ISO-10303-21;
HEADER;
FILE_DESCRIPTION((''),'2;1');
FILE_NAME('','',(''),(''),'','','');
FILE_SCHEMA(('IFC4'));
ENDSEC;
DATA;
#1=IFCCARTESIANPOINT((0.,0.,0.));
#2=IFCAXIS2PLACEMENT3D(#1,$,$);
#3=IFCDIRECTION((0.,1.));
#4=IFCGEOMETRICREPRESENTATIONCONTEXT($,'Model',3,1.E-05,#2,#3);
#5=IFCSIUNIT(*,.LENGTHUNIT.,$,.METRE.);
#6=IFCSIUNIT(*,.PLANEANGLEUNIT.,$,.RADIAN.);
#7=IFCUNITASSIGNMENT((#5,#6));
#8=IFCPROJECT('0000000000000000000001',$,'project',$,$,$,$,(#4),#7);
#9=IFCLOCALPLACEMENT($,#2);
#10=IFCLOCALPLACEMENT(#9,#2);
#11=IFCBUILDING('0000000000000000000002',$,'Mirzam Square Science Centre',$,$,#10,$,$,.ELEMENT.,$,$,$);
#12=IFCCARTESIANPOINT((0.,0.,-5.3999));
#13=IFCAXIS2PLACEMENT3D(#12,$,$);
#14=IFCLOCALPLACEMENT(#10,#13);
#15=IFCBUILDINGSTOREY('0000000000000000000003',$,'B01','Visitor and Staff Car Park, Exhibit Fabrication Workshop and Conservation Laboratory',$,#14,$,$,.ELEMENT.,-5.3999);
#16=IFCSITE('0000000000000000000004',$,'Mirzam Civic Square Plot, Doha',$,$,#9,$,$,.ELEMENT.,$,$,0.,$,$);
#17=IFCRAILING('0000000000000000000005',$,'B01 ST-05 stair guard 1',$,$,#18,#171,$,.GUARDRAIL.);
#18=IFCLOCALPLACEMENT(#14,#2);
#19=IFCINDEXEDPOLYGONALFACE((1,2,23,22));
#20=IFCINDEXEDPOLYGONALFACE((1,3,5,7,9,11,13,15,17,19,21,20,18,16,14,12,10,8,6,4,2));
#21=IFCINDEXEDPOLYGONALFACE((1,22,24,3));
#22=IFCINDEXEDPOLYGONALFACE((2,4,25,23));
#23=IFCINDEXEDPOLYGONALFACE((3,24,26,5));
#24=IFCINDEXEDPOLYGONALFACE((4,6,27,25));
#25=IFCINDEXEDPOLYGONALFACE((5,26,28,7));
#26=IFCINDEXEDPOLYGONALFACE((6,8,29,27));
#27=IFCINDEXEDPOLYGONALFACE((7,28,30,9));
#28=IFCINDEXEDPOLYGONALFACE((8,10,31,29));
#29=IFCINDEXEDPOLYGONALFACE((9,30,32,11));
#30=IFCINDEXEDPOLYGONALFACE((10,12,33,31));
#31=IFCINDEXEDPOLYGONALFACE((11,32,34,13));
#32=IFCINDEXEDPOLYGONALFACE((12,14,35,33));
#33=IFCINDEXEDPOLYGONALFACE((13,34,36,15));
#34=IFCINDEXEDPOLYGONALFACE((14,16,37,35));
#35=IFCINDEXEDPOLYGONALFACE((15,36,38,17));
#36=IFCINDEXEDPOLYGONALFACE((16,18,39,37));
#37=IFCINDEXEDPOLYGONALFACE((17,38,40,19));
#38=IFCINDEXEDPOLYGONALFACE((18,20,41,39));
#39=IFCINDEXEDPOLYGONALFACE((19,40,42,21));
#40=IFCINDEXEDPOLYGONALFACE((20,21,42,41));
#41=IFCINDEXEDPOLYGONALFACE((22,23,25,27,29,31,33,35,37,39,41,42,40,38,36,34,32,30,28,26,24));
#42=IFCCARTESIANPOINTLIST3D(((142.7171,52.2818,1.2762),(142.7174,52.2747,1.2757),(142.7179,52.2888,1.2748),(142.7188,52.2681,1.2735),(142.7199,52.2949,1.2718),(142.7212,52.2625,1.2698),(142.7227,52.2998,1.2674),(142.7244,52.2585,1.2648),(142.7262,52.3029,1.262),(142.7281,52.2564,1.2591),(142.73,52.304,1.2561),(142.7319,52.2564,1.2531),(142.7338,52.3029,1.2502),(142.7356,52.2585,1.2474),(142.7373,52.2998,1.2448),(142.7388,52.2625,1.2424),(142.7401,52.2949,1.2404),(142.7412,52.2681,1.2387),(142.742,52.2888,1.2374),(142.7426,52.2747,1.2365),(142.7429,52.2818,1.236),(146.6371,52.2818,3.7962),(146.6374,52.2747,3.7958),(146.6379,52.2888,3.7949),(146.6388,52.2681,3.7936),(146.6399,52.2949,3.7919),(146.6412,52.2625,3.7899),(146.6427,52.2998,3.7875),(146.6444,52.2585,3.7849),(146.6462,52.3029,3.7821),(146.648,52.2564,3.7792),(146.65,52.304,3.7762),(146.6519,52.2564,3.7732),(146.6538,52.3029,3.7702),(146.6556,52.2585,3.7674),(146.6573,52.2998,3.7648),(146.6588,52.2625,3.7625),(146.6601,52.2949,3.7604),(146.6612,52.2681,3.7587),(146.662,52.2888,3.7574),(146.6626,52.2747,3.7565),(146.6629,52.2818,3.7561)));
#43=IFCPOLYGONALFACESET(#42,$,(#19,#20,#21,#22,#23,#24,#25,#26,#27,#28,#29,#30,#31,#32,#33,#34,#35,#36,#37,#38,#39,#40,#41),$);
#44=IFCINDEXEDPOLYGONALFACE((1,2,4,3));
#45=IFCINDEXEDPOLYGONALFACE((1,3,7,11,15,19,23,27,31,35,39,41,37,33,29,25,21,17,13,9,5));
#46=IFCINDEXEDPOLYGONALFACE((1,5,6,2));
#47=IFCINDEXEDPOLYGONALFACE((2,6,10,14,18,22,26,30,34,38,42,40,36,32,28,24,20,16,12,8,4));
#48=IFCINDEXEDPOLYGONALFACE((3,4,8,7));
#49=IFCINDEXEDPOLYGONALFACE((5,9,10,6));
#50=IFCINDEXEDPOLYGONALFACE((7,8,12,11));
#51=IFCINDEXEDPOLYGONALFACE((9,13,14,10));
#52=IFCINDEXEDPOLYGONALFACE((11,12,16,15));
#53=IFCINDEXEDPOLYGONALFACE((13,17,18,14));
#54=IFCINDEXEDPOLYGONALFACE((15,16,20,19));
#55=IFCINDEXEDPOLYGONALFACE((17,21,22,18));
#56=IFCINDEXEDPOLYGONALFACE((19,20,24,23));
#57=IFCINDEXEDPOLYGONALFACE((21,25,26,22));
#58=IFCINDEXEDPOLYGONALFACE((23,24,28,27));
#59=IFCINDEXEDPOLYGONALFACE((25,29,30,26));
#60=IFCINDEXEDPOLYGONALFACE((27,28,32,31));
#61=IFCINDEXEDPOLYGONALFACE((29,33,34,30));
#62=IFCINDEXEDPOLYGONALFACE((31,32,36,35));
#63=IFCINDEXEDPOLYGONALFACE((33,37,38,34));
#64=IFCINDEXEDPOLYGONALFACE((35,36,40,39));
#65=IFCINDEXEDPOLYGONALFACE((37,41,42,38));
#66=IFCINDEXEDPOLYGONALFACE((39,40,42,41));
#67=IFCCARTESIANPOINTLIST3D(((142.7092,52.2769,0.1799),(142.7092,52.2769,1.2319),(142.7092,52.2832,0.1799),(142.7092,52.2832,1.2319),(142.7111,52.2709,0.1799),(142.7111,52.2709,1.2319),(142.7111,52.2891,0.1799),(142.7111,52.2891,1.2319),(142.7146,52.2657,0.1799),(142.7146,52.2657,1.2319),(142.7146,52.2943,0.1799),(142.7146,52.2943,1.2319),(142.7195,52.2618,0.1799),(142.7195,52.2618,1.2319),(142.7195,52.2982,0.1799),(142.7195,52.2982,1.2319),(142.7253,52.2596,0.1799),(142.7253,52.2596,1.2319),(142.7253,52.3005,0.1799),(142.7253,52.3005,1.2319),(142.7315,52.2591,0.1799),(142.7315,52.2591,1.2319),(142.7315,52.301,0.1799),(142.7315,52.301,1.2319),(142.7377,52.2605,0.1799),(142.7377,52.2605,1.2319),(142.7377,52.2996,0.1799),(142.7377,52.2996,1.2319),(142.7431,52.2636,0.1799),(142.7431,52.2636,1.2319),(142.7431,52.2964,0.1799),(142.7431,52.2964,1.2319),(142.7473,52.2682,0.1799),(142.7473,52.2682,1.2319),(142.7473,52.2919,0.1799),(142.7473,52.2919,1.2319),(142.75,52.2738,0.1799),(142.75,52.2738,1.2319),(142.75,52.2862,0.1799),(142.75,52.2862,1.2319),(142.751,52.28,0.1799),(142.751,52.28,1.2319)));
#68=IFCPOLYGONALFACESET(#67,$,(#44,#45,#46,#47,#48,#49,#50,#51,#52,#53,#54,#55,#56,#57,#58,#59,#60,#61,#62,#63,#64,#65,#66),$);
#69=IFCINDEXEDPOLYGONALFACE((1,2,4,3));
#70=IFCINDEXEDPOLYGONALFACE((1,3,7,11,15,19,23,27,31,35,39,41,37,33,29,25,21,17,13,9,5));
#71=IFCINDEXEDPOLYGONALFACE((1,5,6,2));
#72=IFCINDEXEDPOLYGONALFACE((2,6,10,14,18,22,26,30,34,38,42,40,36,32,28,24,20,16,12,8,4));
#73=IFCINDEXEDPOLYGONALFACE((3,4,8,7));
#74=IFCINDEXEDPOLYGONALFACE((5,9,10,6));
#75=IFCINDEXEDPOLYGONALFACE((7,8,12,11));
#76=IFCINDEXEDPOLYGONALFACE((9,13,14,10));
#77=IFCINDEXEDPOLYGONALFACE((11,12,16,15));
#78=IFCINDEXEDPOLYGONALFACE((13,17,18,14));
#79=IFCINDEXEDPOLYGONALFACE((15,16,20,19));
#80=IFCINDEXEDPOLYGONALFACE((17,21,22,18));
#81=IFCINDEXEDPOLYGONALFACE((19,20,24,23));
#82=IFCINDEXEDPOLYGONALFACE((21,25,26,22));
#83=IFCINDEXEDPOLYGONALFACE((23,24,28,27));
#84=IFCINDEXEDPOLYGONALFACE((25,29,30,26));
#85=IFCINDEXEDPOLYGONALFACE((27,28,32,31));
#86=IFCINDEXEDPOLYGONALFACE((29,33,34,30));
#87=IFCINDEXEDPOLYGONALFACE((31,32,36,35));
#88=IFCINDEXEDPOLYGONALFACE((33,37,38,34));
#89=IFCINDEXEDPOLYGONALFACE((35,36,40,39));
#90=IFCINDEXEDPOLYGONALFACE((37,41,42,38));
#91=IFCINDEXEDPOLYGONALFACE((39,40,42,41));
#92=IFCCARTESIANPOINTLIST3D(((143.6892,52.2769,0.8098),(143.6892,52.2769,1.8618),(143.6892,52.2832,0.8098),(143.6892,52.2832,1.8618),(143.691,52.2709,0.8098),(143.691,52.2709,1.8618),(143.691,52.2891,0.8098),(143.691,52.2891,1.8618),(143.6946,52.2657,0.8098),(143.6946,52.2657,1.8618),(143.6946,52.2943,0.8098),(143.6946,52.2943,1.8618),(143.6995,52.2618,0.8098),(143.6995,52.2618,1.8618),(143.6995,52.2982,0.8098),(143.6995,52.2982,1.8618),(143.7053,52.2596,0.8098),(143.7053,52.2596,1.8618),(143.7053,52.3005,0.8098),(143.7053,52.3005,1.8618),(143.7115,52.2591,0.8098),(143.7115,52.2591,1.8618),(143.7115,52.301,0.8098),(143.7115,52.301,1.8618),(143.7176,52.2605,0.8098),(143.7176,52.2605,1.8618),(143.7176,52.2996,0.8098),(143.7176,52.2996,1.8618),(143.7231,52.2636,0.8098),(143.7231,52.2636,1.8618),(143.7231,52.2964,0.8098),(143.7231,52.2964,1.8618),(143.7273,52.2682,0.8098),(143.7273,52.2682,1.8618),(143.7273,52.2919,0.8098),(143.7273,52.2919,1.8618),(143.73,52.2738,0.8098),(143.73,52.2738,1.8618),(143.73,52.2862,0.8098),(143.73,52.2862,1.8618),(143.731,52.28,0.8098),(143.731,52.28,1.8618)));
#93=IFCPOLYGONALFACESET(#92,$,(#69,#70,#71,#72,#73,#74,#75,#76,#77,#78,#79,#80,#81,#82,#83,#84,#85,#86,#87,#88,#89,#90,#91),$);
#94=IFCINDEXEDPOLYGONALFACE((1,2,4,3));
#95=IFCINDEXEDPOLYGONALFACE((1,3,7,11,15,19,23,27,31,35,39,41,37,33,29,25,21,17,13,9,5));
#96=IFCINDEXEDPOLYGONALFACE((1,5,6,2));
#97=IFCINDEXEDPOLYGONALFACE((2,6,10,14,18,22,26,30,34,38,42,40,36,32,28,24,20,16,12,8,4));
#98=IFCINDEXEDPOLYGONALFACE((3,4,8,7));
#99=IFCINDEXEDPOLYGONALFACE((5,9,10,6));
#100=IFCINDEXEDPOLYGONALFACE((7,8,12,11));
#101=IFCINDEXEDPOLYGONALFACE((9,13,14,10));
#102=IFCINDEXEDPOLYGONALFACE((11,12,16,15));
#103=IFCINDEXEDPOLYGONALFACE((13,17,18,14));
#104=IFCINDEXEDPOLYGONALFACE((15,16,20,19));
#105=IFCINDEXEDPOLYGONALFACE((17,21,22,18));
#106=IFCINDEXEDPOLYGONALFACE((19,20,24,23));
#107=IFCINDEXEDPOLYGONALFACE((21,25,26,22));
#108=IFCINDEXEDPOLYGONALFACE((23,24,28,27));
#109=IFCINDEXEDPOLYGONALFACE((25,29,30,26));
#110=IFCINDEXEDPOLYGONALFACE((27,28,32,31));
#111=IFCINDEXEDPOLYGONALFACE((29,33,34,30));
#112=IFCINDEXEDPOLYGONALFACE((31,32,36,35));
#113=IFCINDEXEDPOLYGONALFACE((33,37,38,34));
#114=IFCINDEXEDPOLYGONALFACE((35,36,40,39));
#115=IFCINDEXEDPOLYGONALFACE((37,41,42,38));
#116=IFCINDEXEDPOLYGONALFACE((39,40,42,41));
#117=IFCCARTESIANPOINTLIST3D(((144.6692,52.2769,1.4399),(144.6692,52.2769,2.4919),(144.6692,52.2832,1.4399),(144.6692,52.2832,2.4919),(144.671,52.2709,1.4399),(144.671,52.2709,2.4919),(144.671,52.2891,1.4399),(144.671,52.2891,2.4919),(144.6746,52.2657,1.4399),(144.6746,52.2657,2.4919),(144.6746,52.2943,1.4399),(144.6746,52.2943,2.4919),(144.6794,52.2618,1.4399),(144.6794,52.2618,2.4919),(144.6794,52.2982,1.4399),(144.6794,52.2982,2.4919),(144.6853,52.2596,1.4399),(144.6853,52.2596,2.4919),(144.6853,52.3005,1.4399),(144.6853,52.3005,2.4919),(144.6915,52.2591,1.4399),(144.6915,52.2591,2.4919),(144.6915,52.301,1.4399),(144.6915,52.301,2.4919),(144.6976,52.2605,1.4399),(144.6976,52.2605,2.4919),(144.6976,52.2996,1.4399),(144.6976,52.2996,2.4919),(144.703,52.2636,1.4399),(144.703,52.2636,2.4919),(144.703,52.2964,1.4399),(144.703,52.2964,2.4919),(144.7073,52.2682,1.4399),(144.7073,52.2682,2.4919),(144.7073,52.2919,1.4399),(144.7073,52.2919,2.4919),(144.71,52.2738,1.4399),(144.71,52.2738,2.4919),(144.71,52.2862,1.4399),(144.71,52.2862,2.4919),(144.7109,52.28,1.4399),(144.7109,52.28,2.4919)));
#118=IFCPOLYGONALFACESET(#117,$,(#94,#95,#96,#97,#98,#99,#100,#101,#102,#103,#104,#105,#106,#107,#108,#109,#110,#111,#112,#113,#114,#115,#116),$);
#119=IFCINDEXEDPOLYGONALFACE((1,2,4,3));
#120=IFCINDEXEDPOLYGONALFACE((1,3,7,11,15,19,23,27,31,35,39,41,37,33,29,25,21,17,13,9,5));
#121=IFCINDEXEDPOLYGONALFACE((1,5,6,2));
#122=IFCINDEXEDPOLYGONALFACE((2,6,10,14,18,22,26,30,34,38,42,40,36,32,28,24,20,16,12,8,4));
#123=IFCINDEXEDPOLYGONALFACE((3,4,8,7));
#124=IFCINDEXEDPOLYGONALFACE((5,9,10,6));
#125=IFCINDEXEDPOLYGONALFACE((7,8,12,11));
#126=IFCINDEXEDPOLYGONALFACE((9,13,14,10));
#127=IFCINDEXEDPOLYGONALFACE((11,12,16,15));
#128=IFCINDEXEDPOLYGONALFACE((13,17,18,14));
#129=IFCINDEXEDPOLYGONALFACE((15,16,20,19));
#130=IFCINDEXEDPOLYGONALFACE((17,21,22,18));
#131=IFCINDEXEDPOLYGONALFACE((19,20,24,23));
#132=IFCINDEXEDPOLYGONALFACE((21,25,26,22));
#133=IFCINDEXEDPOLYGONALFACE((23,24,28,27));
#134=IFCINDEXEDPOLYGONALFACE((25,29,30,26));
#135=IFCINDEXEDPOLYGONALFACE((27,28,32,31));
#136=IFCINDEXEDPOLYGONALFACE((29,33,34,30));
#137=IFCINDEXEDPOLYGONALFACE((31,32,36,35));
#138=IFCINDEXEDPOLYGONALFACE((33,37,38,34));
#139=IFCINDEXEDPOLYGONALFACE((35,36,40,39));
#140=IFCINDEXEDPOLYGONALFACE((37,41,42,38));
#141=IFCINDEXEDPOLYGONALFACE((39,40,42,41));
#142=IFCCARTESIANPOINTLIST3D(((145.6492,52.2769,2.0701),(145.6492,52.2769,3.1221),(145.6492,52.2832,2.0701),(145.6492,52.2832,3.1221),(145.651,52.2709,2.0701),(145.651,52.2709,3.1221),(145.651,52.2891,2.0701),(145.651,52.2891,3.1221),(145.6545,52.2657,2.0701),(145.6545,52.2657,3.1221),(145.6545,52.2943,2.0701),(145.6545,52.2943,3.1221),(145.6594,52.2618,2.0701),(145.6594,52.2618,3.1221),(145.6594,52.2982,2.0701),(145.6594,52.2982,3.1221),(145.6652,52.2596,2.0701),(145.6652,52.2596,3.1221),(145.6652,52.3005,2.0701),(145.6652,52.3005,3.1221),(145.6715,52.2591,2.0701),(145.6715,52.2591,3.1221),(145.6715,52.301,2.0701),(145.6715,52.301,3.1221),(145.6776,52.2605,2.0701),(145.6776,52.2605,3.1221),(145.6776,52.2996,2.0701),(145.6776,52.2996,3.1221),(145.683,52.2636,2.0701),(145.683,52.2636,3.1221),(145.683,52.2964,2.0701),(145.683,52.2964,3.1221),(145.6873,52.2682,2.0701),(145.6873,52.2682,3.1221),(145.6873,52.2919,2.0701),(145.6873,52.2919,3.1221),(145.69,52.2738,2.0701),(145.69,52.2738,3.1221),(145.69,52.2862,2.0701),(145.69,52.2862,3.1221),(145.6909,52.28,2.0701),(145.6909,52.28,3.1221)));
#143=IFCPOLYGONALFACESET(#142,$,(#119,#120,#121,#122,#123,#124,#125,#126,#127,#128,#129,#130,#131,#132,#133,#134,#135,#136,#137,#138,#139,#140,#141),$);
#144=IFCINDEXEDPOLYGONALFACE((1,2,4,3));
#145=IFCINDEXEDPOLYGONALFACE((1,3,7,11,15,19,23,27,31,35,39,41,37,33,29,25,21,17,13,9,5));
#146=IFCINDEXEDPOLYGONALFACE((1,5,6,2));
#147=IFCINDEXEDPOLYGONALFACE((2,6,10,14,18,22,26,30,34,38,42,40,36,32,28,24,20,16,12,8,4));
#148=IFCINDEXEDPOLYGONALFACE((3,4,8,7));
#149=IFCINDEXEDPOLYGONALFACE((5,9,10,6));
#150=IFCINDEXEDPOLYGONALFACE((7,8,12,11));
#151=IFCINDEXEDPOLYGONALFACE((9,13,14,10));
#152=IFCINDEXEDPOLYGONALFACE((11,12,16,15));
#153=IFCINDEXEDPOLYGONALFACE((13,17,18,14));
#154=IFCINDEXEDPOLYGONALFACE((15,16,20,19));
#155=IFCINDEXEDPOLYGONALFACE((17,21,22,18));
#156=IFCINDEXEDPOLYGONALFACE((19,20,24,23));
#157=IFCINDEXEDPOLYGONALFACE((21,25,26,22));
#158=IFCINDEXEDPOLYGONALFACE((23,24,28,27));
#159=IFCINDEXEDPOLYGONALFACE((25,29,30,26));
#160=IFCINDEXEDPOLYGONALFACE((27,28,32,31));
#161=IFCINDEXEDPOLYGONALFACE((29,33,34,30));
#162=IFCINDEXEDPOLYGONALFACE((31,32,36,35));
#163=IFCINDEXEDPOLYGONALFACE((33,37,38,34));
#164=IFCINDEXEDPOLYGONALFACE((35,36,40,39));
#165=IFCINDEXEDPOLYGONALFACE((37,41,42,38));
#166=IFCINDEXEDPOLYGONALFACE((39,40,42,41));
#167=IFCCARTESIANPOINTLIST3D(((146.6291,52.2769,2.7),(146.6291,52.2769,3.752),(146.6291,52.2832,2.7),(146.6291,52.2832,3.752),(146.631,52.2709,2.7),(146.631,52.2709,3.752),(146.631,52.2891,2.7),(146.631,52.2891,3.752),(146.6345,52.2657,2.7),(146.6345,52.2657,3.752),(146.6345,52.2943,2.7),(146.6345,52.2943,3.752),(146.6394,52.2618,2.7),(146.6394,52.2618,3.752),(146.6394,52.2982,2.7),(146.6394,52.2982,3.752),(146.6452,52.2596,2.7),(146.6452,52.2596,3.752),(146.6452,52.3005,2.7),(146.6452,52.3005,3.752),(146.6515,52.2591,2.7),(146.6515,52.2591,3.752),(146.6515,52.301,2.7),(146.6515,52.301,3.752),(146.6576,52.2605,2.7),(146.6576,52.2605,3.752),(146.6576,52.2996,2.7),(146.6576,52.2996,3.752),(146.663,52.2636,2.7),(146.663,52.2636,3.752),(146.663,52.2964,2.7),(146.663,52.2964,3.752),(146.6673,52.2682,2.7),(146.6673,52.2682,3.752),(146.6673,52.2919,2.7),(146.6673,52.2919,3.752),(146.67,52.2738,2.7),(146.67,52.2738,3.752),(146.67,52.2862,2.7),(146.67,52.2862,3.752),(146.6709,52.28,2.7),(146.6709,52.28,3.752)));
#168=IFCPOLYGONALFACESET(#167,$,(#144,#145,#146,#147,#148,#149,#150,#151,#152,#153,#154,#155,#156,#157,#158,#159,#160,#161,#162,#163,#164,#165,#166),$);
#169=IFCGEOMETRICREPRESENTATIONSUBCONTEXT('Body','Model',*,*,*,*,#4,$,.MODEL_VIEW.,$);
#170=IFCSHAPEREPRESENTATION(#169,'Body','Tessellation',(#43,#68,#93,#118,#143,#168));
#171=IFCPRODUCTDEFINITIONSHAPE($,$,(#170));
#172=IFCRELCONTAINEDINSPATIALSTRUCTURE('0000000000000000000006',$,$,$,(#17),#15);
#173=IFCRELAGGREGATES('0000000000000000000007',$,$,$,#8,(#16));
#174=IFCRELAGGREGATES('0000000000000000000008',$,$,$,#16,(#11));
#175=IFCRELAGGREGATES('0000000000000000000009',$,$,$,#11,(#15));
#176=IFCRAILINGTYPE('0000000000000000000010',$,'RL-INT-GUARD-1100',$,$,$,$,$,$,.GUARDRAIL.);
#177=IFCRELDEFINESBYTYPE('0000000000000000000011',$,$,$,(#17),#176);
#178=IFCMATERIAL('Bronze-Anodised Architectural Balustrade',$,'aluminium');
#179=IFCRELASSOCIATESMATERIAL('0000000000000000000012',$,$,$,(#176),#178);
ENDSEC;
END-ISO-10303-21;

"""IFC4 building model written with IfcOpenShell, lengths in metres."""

from ifc_helpers import new_model, si_unit, direction, frame, origin, origin_2d, place, context, subcontext, project, spatial, circle, extrude, material, type_object, element, save


model = new_model("IFC4")

# Units and contexts
model_context = context("Model", 3, precision=1e-05, world=origin(), true_north=direction((0.0, 1.0)))
body_context = subcontext(model_context, "Body", "Model", "MODEL_VIEW")
ifc_project = project(units=[si_unit("LENGTHUNIT", "METRE"), si_unit("PLANEANGLEUNIT", "RADIAN")], contexts=[model_context])

# Site, building, storey
site_placement = place(None, origin())
site = spatial("IfcSite", under=ifc_project, at=site_placement, Name="Mirzam Civic Square Plot, Doha", CompositionType="ELEMENT", RefElevation=0.0)
building_placement = place(site_placement, origin())
building = spatial("IfcBuilding", under=site, at=building_placement, Name="Mirzam Square Science Centre", CompositionType="ELEMENT")
storey_placement = place(building_placement, frame((0.0, 0.0, -5.3999)))
storey = spatial("IfcBuildingStorey", under=building, at=storey_placement, Name="B01", Description="Visitor and Staff Car Park, Exhibit Fabrication Workshop and Conservation Laboratory", CompositionType="ELEMENT", Elevation=-5.3999)

# Railing
ifc_material_1 = material(Name="Bronze-Anodised Architectural Balustrade", Category="aluminium")
railing_type_1 = type_object("IfcRailingType", Name="RL-INT-GUARD-1100", PredefinedType="GUARDRAIL", material=ifc_material_1)
railing_1_placement = place(storey_placement, frame((142.73, 52.28, 0.1799)))
element("IfcRailing", 1, at=railing_1_placement, inside=storey, type_object=railing_type_1, Name="B01 ST-05 stair guard 1", PredefinedType="GUARDRAIL", context=body_context, shape_type="SweptSolid", body=[
    extrude(circle(Radius=0.0239, at=origin_2d()), frame((0.0, 0.0, 1.0762), z_axis=(0.841172, 0.0, 0.540768), x_axis=(0.0, 1.0, 0.0)), (0.0, 0.0, 1.0), 4.6602),
    extrude(circle(Radius=0.021, at=origin_2d()), origin(), (0.0, 0.0, 1.0), 1.052),
    extrude(circle(Radius=0.021, at=origin_2d()), frame((0.98, 0.0, 0.6299)), (0.0, 0.0, 1.0), 1.052),
    extrude(circle(Radius=0.021, at=origin_2d()), frame((1.96, 0.0, 1.26)), (0.0, 0.0, 1.0), 1.052),
    extrude(circle(Radius=0.021, at=origin_2d()), frame((2.9399, 0.0, 1.8901)), (0.0, 0.0, 1.0), 1.052),
    extrude(circle(Radius=0.021, at=origin_2d()), frame((3.9199, 0.0, 2.52)), (0.0, 0.0, 1.0), 1.052),
])

save(model, "model.ifc")
